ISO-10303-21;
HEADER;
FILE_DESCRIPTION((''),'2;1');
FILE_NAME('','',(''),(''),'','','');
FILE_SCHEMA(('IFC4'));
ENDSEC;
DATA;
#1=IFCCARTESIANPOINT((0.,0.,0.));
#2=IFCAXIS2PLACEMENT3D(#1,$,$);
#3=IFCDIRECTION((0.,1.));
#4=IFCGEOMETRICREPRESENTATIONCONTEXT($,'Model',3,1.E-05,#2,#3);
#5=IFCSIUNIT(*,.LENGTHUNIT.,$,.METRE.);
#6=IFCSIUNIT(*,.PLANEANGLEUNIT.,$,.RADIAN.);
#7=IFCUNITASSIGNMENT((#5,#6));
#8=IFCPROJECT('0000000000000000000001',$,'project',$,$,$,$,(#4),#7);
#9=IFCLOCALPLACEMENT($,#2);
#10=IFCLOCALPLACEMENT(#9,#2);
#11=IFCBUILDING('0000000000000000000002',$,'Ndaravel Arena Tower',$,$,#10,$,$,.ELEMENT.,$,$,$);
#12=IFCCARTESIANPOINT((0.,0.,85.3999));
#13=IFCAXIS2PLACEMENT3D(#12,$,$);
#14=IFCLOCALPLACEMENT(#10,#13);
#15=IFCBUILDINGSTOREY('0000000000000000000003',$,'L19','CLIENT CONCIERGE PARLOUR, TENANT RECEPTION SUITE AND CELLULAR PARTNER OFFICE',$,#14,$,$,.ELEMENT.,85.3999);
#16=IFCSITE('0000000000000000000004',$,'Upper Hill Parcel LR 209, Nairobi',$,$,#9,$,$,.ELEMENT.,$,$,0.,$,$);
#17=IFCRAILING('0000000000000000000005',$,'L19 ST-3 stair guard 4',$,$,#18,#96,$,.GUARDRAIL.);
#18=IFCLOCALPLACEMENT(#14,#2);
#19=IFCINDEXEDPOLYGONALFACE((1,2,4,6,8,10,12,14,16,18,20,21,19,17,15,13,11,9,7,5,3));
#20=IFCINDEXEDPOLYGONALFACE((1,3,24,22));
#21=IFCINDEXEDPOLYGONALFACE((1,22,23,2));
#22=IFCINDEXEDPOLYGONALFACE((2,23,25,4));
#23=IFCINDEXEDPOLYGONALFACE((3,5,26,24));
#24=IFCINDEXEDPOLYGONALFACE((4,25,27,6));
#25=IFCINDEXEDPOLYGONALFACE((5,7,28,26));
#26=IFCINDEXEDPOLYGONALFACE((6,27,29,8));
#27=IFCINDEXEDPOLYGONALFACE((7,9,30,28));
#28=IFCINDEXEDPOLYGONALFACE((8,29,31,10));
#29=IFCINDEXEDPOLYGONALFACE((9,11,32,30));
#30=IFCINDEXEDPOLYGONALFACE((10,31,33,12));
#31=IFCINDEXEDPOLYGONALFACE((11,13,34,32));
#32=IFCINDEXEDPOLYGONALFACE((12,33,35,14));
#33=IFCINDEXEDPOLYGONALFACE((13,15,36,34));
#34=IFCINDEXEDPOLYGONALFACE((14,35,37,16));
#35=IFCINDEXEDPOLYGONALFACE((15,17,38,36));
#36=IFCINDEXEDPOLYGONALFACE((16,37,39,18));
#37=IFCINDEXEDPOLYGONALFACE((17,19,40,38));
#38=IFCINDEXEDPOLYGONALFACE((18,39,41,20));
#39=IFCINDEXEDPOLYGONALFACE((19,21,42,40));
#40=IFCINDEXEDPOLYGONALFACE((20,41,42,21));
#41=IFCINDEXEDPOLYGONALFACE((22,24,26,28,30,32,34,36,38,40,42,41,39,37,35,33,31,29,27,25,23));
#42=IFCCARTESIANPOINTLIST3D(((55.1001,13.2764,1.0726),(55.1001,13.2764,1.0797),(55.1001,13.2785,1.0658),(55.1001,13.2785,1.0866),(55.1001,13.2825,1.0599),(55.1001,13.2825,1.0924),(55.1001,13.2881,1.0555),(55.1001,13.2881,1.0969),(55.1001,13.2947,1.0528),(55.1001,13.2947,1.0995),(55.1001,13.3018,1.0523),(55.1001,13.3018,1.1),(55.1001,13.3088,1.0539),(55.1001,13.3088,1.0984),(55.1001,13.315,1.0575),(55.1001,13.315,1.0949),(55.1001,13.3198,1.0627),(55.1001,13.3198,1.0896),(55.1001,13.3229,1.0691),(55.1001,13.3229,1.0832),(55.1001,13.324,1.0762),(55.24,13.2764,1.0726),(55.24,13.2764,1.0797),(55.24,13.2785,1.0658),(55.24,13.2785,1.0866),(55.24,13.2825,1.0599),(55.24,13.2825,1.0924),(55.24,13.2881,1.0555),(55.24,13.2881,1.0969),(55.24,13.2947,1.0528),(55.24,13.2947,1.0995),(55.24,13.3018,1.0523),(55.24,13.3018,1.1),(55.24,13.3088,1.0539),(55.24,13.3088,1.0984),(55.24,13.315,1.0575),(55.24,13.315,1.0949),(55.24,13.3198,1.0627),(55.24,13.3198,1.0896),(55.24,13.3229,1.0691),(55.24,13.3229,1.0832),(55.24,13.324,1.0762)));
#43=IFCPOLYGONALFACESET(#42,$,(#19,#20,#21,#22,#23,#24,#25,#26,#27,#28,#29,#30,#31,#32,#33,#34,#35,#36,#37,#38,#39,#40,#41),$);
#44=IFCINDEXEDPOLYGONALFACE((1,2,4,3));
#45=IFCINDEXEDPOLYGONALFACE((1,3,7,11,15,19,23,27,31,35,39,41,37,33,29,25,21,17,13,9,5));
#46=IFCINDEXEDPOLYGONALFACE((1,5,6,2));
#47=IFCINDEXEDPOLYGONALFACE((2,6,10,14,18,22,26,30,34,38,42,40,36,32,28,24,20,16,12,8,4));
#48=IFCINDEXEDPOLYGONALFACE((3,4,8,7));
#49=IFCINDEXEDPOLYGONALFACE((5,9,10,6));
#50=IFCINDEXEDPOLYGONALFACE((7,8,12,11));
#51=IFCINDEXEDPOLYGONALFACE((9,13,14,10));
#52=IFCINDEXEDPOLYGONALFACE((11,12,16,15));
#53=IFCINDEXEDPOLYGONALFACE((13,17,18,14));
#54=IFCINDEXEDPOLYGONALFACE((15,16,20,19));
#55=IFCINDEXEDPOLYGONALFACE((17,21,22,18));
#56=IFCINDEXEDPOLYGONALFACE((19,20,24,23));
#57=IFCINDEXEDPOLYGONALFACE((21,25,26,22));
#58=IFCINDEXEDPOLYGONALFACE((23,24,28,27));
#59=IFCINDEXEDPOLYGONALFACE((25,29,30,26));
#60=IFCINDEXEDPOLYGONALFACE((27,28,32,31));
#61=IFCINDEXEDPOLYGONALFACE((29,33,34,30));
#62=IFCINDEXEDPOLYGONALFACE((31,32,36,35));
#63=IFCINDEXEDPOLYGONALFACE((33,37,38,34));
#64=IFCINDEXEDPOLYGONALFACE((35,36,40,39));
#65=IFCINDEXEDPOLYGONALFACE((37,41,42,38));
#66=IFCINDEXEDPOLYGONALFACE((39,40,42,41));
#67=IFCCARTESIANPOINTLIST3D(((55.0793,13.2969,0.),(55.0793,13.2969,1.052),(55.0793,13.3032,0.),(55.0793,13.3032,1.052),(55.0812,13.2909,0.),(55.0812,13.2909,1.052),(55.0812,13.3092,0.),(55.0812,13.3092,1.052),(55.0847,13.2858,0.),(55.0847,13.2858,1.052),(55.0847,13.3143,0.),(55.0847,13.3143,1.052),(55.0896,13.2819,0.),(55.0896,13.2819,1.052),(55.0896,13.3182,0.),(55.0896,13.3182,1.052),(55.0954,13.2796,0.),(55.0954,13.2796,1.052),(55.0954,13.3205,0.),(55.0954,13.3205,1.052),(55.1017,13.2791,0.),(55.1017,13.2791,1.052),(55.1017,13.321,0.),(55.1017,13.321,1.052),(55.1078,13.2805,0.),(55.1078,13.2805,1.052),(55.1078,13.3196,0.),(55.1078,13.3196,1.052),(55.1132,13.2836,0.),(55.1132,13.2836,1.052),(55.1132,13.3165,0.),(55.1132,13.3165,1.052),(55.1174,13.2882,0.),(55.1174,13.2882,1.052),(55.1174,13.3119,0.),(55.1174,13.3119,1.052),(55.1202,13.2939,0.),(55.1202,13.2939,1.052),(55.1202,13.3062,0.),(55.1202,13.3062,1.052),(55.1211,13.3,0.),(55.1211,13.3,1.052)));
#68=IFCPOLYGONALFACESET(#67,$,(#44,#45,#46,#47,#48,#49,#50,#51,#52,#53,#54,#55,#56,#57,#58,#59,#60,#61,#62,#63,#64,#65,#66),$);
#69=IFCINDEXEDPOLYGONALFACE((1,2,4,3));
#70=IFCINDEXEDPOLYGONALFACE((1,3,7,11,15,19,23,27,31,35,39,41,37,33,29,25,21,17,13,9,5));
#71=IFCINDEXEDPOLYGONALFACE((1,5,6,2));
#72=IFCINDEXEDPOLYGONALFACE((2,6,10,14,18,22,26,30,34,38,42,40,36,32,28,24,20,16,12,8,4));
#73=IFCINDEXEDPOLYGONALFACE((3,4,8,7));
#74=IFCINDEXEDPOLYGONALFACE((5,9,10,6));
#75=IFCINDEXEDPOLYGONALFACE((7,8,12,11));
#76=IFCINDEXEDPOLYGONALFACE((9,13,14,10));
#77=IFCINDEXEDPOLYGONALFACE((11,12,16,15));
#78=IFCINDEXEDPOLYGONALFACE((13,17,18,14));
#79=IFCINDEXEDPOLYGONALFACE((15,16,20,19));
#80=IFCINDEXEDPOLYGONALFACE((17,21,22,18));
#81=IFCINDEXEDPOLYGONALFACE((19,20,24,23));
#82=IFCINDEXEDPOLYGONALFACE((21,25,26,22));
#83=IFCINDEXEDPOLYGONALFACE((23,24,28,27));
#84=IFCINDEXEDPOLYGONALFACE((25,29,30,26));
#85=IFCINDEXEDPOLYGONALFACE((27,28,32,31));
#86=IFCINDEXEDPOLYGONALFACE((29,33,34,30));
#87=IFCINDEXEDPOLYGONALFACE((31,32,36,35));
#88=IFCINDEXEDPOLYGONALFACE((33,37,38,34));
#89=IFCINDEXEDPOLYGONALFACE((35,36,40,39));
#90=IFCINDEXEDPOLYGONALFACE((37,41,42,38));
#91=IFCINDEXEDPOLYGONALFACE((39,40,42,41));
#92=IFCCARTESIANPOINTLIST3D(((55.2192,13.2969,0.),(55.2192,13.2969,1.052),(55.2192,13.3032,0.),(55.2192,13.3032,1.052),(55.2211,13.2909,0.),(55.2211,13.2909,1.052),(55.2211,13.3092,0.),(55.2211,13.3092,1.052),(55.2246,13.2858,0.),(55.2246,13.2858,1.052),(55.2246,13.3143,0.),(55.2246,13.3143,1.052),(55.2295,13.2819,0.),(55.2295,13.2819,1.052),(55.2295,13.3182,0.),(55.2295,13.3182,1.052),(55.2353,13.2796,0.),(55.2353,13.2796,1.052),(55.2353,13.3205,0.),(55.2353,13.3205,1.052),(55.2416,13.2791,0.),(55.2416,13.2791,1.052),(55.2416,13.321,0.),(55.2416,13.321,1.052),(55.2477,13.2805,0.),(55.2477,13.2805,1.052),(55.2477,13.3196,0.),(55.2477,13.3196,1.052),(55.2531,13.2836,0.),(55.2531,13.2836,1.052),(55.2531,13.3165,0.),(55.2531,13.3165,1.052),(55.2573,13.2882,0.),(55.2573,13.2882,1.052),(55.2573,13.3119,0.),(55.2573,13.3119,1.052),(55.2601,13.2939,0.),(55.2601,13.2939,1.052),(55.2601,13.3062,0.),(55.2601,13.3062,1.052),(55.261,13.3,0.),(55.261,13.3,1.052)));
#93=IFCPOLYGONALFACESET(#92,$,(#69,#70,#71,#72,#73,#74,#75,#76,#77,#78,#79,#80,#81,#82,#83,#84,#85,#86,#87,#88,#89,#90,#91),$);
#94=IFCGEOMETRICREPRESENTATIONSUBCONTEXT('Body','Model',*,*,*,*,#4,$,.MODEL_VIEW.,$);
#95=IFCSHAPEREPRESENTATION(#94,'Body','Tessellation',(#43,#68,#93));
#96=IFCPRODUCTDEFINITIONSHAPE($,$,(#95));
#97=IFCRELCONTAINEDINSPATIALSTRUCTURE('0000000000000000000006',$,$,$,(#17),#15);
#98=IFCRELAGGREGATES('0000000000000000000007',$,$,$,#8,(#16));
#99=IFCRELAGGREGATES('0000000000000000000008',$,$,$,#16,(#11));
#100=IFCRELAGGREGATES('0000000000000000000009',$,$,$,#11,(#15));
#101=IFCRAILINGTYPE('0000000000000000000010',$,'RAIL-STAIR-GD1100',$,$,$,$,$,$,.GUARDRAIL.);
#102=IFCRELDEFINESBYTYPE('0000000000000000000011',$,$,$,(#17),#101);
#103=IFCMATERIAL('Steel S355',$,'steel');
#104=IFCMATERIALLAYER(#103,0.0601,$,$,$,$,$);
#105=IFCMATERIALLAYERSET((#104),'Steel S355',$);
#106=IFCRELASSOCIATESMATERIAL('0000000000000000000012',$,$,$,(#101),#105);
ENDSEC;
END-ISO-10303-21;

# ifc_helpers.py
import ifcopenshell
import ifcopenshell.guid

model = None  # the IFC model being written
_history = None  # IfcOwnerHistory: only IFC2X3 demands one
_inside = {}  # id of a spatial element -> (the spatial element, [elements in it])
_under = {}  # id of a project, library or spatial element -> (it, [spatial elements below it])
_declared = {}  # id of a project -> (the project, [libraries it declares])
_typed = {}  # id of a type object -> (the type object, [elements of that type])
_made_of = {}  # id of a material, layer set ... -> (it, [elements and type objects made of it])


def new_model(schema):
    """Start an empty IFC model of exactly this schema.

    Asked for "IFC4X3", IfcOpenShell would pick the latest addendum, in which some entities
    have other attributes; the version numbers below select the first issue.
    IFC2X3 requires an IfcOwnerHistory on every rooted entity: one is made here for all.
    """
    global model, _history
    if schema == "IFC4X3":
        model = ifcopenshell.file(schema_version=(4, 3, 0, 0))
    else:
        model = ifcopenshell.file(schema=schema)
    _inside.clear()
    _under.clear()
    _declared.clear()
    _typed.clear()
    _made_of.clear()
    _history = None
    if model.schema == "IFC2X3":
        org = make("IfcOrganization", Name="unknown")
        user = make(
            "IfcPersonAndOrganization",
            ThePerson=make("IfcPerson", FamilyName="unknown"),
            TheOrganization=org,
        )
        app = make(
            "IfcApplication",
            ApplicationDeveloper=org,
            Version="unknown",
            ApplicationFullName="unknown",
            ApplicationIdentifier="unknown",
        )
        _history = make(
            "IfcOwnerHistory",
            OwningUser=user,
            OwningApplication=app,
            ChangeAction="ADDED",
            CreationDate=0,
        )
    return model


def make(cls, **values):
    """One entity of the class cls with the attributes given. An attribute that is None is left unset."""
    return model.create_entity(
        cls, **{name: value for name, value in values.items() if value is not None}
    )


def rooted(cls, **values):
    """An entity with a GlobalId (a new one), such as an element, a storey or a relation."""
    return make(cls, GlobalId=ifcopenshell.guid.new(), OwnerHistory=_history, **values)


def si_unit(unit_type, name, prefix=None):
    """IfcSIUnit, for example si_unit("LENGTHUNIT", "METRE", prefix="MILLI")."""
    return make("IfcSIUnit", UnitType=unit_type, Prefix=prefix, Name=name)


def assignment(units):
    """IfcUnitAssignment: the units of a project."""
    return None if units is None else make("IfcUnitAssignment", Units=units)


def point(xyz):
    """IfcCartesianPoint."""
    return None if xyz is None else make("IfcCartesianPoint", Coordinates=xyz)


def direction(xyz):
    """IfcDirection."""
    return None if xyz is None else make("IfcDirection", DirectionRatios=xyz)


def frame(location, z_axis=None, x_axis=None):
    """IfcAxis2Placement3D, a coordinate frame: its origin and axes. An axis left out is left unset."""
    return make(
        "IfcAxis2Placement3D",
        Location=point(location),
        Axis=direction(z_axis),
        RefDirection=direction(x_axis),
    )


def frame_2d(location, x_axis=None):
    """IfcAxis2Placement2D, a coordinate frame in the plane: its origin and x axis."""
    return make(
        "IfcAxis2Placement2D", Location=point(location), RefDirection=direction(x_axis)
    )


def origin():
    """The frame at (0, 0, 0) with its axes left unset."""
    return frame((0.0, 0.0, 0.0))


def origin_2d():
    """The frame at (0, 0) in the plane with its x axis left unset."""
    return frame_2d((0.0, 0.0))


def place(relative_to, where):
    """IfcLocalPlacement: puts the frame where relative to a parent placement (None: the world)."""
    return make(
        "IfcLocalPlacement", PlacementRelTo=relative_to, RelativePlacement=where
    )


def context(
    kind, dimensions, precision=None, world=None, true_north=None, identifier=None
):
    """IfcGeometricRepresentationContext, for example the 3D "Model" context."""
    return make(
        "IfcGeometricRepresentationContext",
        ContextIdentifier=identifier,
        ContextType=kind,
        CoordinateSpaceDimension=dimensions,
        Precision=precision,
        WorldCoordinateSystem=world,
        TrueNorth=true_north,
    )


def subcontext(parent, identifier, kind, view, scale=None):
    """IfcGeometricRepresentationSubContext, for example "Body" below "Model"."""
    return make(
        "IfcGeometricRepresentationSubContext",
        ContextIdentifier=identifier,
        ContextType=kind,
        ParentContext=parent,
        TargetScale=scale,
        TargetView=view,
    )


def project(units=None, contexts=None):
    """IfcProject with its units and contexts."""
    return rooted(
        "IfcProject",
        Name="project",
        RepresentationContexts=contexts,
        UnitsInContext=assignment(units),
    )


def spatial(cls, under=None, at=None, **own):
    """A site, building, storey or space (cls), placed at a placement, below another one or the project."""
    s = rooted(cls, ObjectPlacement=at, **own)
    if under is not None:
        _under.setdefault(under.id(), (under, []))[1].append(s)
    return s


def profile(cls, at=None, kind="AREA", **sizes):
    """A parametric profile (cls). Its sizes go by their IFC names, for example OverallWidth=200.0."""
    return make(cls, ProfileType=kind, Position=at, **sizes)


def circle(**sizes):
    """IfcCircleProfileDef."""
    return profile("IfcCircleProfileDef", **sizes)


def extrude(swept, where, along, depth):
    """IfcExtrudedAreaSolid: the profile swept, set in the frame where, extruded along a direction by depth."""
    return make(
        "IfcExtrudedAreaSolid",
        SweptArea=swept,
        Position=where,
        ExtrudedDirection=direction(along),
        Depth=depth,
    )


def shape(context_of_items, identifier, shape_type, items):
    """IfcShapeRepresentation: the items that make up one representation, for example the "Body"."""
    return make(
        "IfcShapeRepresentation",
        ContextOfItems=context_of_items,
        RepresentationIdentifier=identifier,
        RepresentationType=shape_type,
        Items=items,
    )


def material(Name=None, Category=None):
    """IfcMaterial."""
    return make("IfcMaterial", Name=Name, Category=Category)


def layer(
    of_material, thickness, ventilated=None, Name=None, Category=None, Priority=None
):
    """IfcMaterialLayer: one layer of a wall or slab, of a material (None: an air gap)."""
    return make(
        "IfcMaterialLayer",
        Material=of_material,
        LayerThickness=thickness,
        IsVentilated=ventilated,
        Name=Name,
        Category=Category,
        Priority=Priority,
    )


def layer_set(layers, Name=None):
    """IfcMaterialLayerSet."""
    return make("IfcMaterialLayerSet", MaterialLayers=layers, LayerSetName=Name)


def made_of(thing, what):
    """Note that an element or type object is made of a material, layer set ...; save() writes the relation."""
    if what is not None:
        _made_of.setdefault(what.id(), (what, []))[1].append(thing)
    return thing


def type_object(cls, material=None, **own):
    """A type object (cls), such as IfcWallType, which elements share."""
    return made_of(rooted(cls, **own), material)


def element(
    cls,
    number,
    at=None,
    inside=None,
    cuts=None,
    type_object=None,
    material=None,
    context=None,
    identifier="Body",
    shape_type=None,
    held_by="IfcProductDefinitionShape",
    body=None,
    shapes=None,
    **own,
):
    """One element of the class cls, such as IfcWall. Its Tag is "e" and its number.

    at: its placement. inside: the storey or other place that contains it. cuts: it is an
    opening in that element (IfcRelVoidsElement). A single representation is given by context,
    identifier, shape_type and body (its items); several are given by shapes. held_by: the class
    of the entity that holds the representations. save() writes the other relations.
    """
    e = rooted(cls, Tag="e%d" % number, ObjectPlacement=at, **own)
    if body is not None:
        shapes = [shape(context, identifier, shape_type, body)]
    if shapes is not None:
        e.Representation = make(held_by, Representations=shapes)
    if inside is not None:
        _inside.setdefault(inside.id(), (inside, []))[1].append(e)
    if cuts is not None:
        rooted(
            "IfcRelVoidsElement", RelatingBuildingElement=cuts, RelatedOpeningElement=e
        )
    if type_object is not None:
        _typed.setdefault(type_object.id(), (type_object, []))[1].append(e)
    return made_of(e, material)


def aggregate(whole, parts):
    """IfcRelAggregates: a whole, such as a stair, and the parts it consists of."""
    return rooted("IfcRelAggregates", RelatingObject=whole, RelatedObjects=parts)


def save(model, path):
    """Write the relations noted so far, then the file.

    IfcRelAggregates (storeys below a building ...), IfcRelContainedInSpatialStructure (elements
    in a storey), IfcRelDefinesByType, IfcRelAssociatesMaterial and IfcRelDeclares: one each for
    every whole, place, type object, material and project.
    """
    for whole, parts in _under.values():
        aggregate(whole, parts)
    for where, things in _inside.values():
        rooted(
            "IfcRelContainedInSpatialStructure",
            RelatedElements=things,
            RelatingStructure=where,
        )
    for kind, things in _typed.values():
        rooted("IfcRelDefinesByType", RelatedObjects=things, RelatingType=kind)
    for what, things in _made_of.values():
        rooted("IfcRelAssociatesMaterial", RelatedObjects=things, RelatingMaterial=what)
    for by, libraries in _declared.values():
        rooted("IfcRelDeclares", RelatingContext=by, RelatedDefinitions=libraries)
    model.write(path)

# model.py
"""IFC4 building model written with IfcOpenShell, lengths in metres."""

from ifc_helpers import new_model, si_unit, direction, frame, origin, origin_2d, place, context, subcontext, project, spatial, circle, extrude, material, layer, layer_set, type_object, element, save


model = new_model("IFC4")

# Units and contexts
model_context = context("Model", 3, precision=1e-05, world=origin(), true_north=direction((0.0, 1.0)))
body_context = subcontext(model_context, "Body", "Model", "MODEL_VIEW")
ifc_project = project(units=[si_unit("LENGTHUNIT", "METRE"), si_unit("PLANEANGLEUNIT", "RADIAN")], contexts=[model_context])

# Site, building, storey
site_placement = place(None, origin())
site = spatial("IfcSite", under=ifc_project, at=site_placement, Name="Upper Hill Parcel LR 209, Nairobi", CompositionType="ELEMENT", RefElevation=0.0)
building_placement = place(site_placement, origin())
building = spatial("IfcBuilding", under=site, at=building_placement, Name="Ndaravel Arena Tower", CompositionType="ELEMENT")
storey_placement = place(building_placement, frame((0.0, 0.0, 85.3999)))
storey = spatial("IfcBuildingStorey", under=building, at=storey_placement, Name="L19", Description="CLIENT CONCIERGE PARLOUR, TENANT RECEPTION SUITE AND CELLULAR PARTNER OFFICE", CompositionType="ELEMENT", Elevation=85.3999)

# Railing
ifc_material_1 = material(Name="Steel S355", Category="steel")
ifc_layer_1 = layer(ifc_material_1, 0.0601)
ifc_layer_set_1 = layer_set([ifc_layer_1], Name="Steel S355")
railing_type_1 = type_object("IfcRailingType", Name="RAIL-STAIR-GD1100", PredefinedType="GUARDRAIL", material=ifc_layer_set_1)
railing_1_placement = place(storey_placement, frame((55.1001, 13.3, 0.0)))
element("IfcRailing", 1, at=railing_1_placement, inside=storey, type_object=railing_type_1, Name="L19 ST-3 stair guard 4", PredefinedType="GUARDRAIL", context=body_context, shape_type="SweptSolid", body=[
    extrude(circle(Radius=0.0239, at=origin_2d()), frame((0.0, 0.0, 1.0762), z_axis=(1.0, 0.0, 0.0), x_axis=(0.0, 1.0, 0.0)), (0.0, 0.0, 1.0), 0.1399),
    extrude(circle(Radius=0.021, at=origin_2d()), origin(), (0.0, 0.0, 1.0), 1.052),
    extrude(circle(Radius=0.021, at=origin_2d()), frame((0.1399, 0.0, 0.0)), (0.0, 0.0, 1.0), 1.052),
])

save(model, "model.ifc")
